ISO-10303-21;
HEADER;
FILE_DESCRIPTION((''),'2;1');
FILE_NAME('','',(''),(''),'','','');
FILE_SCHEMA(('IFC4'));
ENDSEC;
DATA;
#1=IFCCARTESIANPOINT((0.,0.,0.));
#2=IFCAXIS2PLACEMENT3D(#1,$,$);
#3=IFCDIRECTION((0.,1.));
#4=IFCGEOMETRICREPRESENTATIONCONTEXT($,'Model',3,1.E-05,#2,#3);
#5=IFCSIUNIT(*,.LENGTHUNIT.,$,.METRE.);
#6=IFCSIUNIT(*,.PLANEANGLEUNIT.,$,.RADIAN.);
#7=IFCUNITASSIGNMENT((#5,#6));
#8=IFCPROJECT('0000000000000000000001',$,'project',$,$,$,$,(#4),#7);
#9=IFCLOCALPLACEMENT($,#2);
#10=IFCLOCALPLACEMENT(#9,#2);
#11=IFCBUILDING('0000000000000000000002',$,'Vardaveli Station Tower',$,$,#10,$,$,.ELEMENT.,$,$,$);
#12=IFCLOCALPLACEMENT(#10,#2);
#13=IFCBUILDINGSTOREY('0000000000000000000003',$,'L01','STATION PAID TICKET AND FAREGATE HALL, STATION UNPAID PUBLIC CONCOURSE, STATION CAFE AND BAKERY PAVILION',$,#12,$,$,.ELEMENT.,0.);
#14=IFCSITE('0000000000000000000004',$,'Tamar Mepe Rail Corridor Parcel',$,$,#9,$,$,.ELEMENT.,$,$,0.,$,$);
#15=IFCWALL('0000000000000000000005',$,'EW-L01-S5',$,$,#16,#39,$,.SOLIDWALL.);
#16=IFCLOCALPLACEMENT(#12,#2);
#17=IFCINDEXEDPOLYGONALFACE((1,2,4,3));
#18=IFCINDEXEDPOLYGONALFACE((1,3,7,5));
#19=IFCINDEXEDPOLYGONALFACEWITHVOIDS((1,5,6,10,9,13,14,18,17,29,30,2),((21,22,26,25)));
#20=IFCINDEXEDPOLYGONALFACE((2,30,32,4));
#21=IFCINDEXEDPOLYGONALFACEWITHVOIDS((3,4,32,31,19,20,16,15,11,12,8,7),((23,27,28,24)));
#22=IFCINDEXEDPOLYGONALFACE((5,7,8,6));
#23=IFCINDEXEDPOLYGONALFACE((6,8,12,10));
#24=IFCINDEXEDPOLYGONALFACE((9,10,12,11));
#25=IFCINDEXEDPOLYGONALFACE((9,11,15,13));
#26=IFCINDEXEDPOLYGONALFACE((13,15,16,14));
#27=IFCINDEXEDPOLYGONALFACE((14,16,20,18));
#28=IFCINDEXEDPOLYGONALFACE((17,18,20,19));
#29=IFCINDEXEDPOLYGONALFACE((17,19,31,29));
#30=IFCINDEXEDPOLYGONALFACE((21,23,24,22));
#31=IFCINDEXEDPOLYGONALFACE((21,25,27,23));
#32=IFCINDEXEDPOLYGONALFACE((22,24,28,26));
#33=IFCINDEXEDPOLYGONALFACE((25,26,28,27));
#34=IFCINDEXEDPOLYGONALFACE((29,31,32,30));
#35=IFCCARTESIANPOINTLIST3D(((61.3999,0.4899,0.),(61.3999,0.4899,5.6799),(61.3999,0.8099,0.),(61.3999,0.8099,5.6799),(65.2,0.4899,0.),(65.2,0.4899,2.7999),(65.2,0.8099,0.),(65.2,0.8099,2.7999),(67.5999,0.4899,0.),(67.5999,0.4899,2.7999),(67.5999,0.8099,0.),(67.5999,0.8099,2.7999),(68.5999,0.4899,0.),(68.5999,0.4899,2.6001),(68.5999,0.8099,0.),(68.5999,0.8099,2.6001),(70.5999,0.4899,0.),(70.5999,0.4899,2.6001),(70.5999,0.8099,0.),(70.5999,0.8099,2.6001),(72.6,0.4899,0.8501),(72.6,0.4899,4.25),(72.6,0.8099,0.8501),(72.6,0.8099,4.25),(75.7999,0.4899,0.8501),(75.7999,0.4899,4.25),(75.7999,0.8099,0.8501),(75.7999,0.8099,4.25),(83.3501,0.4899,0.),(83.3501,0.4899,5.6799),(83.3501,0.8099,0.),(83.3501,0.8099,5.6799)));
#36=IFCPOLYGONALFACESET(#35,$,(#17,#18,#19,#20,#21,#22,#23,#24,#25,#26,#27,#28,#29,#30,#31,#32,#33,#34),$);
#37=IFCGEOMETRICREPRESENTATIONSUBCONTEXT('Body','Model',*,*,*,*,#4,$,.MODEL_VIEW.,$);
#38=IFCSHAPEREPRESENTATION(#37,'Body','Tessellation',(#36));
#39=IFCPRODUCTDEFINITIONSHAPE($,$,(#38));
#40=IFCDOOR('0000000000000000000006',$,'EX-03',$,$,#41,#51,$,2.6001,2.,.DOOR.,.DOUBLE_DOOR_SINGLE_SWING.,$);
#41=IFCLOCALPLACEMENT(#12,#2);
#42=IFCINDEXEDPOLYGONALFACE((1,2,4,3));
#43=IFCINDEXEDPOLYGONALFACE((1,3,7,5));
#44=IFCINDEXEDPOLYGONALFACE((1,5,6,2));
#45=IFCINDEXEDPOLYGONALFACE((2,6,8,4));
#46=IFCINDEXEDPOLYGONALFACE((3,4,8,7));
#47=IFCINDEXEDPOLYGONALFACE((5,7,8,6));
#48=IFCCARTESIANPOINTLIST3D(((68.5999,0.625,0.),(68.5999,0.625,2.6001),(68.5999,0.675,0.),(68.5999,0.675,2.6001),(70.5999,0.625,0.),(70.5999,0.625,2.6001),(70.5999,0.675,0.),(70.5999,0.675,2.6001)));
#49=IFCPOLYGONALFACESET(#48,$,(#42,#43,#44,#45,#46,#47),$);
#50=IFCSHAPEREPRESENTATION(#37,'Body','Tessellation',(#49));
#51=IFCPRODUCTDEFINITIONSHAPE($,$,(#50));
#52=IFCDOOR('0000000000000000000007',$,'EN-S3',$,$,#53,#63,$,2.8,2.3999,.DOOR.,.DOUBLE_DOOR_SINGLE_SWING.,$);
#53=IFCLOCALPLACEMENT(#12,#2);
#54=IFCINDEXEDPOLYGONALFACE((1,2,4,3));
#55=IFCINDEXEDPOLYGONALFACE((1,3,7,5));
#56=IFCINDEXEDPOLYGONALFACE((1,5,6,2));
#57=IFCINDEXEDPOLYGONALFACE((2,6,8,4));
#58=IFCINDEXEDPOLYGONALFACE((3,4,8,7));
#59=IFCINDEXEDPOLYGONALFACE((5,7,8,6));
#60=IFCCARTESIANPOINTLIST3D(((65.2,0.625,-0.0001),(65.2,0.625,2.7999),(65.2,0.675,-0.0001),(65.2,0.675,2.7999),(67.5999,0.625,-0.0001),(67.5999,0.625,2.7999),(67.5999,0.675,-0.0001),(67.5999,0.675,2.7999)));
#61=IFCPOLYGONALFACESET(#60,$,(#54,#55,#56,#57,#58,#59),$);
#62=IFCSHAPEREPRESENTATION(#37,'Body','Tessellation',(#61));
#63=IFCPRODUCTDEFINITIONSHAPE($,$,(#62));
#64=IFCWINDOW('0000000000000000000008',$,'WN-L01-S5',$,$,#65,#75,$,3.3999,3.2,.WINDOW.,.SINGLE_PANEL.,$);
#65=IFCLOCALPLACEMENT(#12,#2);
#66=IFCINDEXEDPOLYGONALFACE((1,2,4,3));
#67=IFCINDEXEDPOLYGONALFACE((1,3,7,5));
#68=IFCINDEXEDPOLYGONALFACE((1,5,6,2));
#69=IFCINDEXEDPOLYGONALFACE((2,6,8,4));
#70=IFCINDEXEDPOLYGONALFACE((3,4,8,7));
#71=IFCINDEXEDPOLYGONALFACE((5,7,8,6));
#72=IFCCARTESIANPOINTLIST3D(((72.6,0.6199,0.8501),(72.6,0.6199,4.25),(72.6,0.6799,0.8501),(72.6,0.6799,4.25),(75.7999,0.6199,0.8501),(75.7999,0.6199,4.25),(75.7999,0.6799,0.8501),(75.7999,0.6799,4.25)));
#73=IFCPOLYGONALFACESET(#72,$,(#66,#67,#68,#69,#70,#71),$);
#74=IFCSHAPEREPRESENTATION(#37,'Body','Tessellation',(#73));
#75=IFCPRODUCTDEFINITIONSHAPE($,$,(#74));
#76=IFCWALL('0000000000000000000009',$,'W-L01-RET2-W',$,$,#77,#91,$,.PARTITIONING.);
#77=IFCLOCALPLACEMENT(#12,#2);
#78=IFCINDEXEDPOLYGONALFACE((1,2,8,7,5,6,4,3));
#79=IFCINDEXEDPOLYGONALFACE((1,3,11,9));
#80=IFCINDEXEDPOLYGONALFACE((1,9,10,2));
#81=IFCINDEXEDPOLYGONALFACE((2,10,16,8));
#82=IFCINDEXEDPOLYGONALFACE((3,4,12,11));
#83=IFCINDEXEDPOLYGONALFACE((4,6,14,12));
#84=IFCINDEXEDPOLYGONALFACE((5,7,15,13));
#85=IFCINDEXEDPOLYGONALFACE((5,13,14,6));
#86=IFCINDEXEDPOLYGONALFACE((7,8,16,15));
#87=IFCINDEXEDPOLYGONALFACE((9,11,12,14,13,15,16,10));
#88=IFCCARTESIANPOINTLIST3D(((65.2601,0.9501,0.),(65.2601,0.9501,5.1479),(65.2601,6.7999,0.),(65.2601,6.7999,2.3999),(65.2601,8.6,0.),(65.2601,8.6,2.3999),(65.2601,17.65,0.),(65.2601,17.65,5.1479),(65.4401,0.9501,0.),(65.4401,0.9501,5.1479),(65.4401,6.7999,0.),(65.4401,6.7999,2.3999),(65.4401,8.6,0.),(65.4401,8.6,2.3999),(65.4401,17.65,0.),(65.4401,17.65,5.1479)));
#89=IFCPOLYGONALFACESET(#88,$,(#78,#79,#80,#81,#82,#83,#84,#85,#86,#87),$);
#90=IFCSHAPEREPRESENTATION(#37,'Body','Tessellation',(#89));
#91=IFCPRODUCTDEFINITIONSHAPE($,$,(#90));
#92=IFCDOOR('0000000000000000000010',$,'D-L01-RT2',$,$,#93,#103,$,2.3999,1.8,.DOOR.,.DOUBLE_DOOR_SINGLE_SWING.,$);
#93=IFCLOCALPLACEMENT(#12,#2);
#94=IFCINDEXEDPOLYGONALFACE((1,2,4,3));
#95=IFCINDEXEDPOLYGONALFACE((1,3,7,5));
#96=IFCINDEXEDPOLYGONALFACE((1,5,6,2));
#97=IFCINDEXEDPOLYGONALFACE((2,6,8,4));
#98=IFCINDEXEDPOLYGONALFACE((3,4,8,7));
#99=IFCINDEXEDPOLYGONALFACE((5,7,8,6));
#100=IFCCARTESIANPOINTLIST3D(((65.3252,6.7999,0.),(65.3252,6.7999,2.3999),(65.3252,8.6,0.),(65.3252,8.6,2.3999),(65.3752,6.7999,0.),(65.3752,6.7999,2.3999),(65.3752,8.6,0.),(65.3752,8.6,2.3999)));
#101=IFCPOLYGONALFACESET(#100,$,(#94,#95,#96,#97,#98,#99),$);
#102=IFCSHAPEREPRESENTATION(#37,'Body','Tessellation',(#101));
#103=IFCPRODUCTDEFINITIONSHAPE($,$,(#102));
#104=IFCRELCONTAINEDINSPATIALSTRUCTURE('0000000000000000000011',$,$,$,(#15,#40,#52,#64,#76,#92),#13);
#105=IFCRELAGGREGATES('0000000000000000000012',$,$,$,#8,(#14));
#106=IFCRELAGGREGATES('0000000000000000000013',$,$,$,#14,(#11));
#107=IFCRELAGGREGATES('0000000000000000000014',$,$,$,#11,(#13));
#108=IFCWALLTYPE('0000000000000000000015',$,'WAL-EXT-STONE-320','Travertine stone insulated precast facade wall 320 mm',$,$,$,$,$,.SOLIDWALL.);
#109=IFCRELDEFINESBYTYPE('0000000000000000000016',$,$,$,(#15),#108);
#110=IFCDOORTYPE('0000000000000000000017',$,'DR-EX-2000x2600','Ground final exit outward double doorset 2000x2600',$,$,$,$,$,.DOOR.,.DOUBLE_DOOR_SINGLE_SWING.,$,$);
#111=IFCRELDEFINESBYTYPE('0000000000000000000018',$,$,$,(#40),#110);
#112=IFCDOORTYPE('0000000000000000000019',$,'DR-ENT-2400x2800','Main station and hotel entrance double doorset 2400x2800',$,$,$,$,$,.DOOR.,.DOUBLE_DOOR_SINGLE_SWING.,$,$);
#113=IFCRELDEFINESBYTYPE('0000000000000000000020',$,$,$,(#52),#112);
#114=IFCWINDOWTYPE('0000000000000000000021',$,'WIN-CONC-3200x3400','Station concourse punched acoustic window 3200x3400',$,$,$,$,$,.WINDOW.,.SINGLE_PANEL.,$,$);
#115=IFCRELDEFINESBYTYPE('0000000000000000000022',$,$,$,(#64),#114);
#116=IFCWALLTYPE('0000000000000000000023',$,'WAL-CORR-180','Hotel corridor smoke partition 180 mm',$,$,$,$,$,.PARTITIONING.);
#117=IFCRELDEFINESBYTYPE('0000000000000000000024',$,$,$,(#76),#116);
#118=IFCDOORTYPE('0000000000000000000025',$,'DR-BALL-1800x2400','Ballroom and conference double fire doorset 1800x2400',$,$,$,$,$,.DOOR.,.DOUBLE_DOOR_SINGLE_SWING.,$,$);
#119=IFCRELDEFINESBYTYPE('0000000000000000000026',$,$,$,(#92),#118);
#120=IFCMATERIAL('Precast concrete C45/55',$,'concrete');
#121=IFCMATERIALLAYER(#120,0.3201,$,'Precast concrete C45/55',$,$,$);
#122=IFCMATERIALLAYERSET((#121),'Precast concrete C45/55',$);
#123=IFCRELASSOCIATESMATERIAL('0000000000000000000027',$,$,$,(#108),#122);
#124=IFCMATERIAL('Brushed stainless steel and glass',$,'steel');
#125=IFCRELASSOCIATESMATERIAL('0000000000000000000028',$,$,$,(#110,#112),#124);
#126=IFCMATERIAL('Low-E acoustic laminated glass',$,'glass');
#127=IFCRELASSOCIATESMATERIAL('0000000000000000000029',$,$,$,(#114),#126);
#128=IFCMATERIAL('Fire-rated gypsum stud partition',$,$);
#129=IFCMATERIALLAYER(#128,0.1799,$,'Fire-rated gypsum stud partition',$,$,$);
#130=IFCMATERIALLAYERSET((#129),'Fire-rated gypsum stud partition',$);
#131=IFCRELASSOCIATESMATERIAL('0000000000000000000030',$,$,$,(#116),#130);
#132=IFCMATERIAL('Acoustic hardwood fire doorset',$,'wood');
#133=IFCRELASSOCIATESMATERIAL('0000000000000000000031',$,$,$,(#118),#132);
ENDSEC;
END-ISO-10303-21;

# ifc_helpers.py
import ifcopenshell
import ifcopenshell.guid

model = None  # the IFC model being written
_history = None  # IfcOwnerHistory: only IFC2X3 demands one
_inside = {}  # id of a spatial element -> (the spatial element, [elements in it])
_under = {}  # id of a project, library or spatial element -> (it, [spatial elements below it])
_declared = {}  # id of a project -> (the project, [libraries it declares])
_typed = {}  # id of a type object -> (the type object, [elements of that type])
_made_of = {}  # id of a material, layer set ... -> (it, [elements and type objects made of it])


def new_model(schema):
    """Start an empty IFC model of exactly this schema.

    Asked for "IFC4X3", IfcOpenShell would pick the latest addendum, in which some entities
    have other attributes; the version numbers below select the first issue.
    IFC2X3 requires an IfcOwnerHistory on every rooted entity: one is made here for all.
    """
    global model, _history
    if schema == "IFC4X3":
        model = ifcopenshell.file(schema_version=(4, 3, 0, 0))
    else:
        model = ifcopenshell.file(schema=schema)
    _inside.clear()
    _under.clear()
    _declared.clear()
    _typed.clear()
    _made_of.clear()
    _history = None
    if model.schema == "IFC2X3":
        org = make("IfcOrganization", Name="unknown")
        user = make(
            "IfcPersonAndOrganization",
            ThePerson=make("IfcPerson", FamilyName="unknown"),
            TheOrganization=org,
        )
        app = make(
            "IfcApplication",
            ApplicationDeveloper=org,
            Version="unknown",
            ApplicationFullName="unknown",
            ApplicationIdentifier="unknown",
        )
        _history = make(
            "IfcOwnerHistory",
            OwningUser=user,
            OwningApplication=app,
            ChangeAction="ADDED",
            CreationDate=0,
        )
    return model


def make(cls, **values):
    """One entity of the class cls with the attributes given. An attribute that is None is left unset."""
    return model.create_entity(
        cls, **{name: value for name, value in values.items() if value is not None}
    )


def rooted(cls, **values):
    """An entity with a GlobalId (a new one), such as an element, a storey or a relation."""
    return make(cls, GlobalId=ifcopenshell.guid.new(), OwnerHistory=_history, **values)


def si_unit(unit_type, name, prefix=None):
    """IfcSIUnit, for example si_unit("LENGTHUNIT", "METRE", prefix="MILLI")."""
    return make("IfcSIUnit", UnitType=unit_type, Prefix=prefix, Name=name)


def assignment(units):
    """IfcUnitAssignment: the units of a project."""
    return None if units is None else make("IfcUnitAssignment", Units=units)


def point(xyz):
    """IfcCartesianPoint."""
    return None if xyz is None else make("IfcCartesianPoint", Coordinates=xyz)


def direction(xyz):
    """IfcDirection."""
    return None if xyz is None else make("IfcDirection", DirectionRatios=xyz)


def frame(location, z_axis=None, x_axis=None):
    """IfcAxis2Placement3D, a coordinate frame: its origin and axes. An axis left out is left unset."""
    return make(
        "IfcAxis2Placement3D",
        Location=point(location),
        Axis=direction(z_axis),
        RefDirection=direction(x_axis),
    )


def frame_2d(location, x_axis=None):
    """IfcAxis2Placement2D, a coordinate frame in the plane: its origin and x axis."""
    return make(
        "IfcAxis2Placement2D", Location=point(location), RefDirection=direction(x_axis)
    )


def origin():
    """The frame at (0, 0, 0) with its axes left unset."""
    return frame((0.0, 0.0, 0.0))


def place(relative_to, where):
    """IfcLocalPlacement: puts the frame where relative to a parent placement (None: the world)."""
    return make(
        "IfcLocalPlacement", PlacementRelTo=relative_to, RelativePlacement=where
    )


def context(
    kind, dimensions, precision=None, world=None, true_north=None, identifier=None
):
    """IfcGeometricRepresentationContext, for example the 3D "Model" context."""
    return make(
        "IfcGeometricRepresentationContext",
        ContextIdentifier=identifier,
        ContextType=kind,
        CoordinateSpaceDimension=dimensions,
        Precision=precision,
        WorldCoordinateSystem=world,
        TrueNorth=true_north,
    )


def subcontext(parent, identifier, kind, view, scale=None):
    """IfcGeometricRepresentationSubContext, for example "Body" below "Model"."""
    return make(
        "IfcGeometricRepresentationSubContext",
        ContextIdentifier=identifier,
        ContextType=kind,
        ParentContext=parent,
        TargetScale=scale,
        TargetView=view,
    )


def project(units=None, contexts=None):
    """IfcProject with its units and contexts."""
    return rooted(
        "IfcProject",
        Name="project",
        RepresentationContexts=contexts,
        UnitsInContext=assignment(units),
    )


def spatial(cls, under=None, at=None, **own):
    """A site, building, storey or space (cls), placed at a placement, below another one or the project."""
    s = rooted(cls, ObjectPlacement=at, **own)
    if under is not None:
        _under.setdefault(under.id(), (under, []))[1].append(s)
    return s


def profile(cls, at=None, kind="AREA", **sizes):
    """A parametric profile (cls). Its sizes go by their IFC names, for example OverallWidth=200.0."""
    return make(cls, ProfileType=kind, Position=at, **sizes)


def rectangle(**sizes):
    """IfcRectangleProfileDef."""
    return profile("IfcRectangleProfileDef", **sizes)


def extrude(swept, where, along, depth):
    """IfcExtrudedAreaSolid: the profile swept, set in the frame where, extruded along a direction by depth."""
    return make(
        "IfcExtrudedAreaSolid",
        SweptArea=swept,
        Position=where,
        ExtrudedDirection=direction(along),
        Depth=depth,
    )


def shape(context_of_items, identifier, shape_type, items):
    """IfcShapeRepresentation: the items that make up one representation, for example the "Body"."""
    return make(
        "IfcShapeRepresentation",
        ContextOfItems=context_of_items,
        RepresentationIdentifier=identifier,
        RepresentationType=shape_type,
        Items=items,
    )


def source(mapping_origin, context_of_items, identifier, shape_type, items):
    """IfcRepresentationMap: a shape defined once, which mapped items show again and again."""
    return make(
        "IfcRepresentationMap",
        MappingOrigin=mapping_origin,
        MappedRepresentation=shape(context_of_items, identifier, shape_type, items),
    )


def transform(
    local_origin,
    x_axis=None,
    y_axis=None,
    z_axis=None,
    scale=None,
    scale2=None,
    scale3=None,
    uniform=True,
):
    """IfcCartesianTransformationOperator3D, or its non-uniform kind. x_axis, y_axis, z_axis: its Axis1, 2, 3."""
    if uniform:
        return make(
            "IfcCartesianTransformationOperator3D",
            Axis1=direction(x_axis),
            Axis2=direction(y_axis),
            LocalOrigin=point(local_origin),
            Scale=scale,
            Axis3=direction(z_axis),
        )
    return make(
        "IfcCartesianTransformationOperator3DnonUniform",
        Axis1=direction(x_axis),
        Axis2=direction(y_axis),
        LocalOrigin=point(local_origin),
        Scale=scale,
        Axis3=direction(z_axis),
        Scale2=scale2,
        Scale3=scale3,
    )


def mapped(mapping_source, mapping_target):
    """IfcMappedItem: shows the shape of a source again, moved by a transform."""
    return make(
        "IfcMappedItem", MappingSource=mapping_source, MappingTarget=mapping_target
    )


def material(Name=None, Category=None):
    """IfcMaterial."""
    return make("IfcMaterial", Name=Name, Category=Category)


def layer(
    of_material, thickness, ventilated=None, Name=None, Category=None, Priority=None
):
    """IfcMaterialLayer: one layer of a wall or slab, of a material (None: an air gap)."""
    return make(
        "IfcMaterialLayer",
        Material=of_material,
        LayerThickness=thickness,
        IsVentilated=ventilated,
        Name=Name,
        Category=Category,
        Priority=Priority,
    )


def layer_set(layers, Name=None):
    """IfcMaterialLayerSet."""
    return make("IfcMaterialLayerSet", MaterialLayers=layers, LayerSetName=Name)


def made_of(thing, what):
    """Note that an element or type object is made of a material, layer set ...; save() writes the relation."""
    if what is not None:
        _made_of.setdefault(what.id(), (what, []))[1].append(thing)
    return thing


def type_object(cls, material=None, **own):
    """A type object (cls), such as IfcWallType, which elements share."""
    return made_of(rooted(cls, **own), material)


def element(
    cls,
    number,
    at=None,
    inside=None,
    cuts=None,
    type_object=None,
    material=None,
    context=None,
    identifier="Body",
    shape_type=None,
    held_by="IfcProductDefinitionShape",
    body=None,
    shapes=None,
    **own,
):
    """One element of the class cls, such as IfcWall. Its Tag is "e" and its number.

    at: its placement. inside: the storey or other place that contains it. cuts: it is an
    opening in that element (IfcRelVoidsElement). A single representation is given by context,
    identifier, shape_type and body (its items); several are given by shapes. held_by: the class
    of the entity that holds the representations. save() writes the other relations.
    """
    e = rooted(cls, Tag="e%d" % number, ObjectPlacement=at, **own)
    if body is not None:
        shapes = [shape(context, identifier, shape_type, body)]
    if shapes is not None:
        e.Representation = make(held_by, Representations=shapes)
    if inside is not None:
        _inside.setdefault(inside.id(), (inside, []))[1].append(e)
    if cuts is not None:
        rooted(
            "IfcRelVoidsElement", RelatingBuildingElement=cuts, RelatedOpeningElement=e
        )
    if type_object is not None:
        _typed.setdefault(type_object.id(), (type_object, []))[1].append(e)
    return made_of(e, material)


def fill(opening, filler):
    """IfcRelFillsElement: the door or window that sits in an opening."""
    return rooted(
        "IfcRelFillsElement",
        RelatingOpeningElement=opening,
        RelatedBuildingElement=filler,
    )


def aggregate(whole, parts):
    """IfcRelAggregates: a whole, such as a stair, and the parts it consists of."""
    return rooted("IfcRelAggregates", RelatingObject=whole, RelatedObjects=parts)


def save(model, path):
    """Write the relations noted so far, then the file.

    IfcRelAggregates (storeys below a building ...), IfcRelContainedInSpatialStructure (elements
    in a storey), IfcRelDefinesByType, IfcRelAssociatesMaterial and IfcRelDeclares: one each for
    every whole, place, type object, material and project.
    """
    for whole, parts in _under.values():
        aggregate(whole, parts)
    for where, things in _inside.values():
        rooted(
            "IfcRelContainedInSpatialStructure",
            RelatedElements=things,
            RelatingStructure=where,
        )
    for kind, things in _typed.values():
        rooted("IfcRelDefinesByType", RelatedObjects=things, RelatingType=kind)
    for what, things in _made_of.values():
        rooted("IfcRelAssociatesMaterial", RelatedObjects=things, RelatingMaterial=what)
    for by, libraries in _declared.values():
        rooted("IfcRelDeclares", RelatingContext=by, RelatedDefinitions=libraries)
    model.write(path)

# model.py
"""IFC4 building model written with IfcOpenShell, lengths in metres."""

from ifc_helpers import new_model, si_unit, direction, frame, frame_2d, origin, place, context, subcontext, project, spatial, rectangle, extrude, source, transform, mapped, material, layer, layer_set, type_object, element, fill, save


model = new_model("IFC4")

# Units and contexts
model_context = context("Model", 3, precision=1e-05, world=origin(), true_north=direction((0.0, 1.0)))
body_context = subcontext(model_context, "Body", "Model", "MODEL_VIEW")
ifc_project = project(units=[si_unit("LENGTHUNIT", "METRE"), si_unit("PLANEANGLEUNIT", "RADIAN")], contexts=[model_context])

# Site, building, storey
site_placement = place(None, origin())
site = spatial("IfcSite", under=ifc_project, at=site_placement, Name="Tamar Mepe Rail Corridor Parcel", CompositionType="ELEMENT", RefElevation=0.0)
building_placement = place(site_placement, origin())
building = spatial("IfcBuilding", under=site, at=building_placement, Name="Vardaveli Station Tower", CompositionType="ELEMENT")
storey_placement = place(building_placement, origin())
storey = spatial("IfcBuildingStorey", under=building, at=storey_placement, Name="L01", Description="STATION PAID TICKET AND FAREGATE HALL, STATION UNPAID PUBLIC CONCOURSE, STATION CAFE AND BAKERY PAVILION", CompositionType="ELEMENT", Elevation=0.0)

# Wall, openings, doors, window
ifc_material_1 = material(Name="Precast concrete C45/55", Category="concrete")
ifc_layer_1 = layer(ifc_material_1, 0.3201, Name="Precast concrete C45/55")
ifc_layer_set_1 = layer_set([ifc_layer_1], Name="Precast concrete C45/55")
wall_type_1 = type_object("IfcWallType", Name="WAL-EXT-STONE-320", Description="Travertine stone insulated precast facade wall 320 mm", PredefinedType="SOLIDWALL", material=ifc_layer_set_1)
shared_shape_1 = source(origin(), body_context, "Body", "SweptSolid", [
    extrude(rectangle(XDim=21.9502, YDim=0.3201, at=frame_2d((10.9751, 0.0))), origin(), (0.0, 0.0, 1.0), 5.6799),
])
wall_1_placement = place(storey_placement, frame((61.3999, 0.6499, 0.0), z_axis=(0.0, 0.0, 1.0), x_axis=(1.0, 0.0, 0.0)))
wall_1 = element("IfcWall", 1, at=wall_1_placement, inside=storey, type_object=wall_type_1, Name="EW-L01-S5", PredefinedType="SOLIDWALL", context=body_context, shape_type="MappedRepresentation", body=[
    mapped(shared_shape_1, transform((0.0, 0.0, 0.0), scale=1.0)),
])
shared_shape_2 = source(origin(), body_context, "Body", "SweptSolid", [
    extrude(rectangle(XDim=2.0, YDim=2.6001, at=frame_2d((1.0, 1.3))), frame((0.0, 0.1699, 0.0), z_axis=(0.0, -1.0, 0.0), x_axis=(1.0, 0.0, 0.0)), (0.0, 0.0, 1.0), 0.3401),
])
opening_1_placement = place(wall_1_placement, frame((7.2, 0.0, 0.0)))
opening_1 = element("IfcOpeningElement", 2, at=opening_1_placement, cuts=wall_1, PredefinedType="OPENING", context=body_context, shape_type="MappedRepresentation", body=[
    mapped(shared_shape_2, transform((0.0, 0.0, 0.0), scale=1.0)),
])
shared_shape_3 = source(origin(), body_context, "Body", "SweptSolid", [
    extrude(rectangle(XDim=2.3999, YDim=2.8, at=frame_2d((1.2, 1.3999))), frame((0.0, 0.1699, 0.0), z_axis=(0.0, -1.0, 0.0), x_axis=(1.0, 0.0, 0.0)), (0.0, 0.0, 1.0), 0.3401),
])
opening_2_placement = place(wall_1_placement, frame((3.8, 0.0, 0.0)))
opening_2 = element("IfcOpeningElement", 3, at=opening_2_placement, cuts=wall_1, PredefinedType="OPENING", context=body_context, shape_type="MappedRepresentation", body=[
    mapped(shared_shape_3, transform((0.0, 0.0, 0.0), scale=1.0)),
])
shared_shape_4 = source(origin(), body_context, "Body", "SweptSolid", [
    extrude(rectangle(XDim=3.2, YDim=3.3999, at=frame_2d((1.6001, 1.7))), frame((0.0, 0.1699, 0.0), z_axis=(0.0, -1.0, 0.0), x_axis=(1.0, 0.0, 0.0)), (0.0, 0.0, 1.0), 0.3401),
])
opening_3_placement = place(wall_1_placement, frame((11.2, 0.0, 0.8501)))
opening_3 = element("IfcOpeningElement", 4, at=opening_3_placement, cuts=wall_1, PredefinedType="OPENING", context=body_context, shape_type="MappedRepresentation", body=[
    mapped(shared_shape_4, transform((0.0, 0.0, 0.0), scale=1.0)),
])
ifc_material_2 = material(Name="Brushed stainless steel and glass", Category="steel")
door_type_1 = type_object("IfcDoorType", Name="DR-EX-2000x2600", Description="Ground final exit outward double doorset 2000x2600", OperationType="DOUBLE_DOOR_SINGLE_SWING", PredefinedType="DOOR", material=ifc_material_2)
shared_shape_5 = source(origin(), body_context, "Body", "SweptSolid", [
    extrude(rectangle(XDim=2.0, YDim=2.6001, at=frame_2d((1.0, 1.3))), frame((0.0, 0.0249, 0.0), z_axis=(0.0, -1.0, 0.0), x_axis=(1.0, 0.0, 0.0)), (0.0, 0.0, 1.0), 0.05),
])
door_1_placement = place(opening_1_placement, frame((2.0, 0.0, 0.0), z_axis=(0.0, 0.0, 1.0), x_axis=(-1.0, 0.0, 0.0)))
door_1 = element("IfcDoor", 5, at=door_1_placement, inside=storey, type_object=door_type_1, Name="EX-03", OperationType="DOUBLE_DOOR_SINGLE_SWING", OverallHeight=2.6001, OverallWidth=2.0, PredefinedType="DOOR", context=body_context, shape_type="MappedRepresentation", body=[
    mapped(shared_shape_5, transform((0.0, 0.0, 0.0), scale=1.0)),
])
fill(opening_1, door_1)
door_type_2 = type_object("IfcDoorType", Name="DR-ENT-2400x2800", Description="Main station and hotel entrance double doorset 2400x2800", OperationType="DOUBLE_DOOR_SINGLE_SWING", PredefinedType="DOOR", material=ifc_material_2)
shared_shape_6 = source(origin(), body_context, "Body", "SweptSolid", [
    extrude(rectangle(XDim=2.3999, YDim=2.8, at=frame_2d((1.2, 1.3999))), frame((0.0, 0.0249, 0.0), z_axis=(0.0, -1.0, 0.0), x_axis=(1.0, 0.0, 0.0)), (0.0, 0.0, 1.0), 0.05),
])
door_2_placement = place(opening_2_placement, frame((2.3999, 0.0, 0.0), z_axis=(0.0, 0.0, 1.0), x_axis=(-1.0, 0.0, 0.0)))
door_2 = element("IfcDoor", 6, at=door_2_placement, inside=storey, type_object=door_type_2, Name="EN-S3", OperationType="DOUBLE_DOOR_SINGLE_SWING", OverallHeight=2.8, OverallWidth=2.3999, PredefinedType="DOOR", context=body_context, shape_type="MappedRepresentation", body=[
    mapped(shared_shape_6, transform((0.0, 0.0, 0.0), scale=1.0)),
])
fill(opening_2, door_2)
ifc_material_3 = material(Name="Low-E acoustic laminated glass", Category="glass")
window_type = type_object("IfcWindowType", Name="WIN-CONC-3200x3400", Description="Station concourse punched acoustic window 3200x3400", PartitioningType="SINGLE_PANEL", PredefinedType="WINDOW", material=ifc_material_3)
shared_shape_7 = source(origin(), body_context, "Body", "SweptSolid", [
    extrude(rectangle(XDim=3.2, YDim=3.3999, at=frame_2d((1.6001, 1.7))), frame((0.0, 0.03, 0.0), z_axis=(0.0, -1.0, 0.0), x_axis=(1.0, 0.0, 0.0)), (0.0, 0.0, 1.0), 0.0601),
])
window_placement = place(opening_3_placement, origin())
window = element("IfcWindow", 7, at=window_placement, inside=storey, type_object=window_type, Name="WN-L01-S5", OverallHeight=3.3999, OverallWidth=3.2, PartitioningType="SINGLE_PANEL", PredefinedType="WINDOW", context=body_context, shape_type="MappedRepresentation", body=[
    mapped(shared_shape_7, transform((0.0, 0.0, 0.0), scale=1.0)),
])
fill(opening_3, window)

# Wall, opening, door
ifc_material_4 = material(Name="Fire-rated gypsum stud partition")
ifc_layer_2 = layer(ifc_material_4, 0.1799, Name="Fire-rated gypsum stud partition")
ifc_layer_set_2 = layer_set([ifc_layer_2], Name="Fire-rated gypsum stud partition")
wall_type_2 = type_object("IfcWallType", Name="WAL-CORR-180", Description="Hotel corridor smoke partition 180 mm", PredefinedType="PARTITIONING", material=ifc_layer_set_2)
shared_shape_8 = source(origin(), body_context, "Body", "SweptSolid", [
    extrude(rectangle(XDim=16.7, YDim=0.1799, at=frame_2d((8.3501, 0.0))), origin(), (0.0, 0.0, 1.0), 5.1479),
])
wall_2_placement = place(storey_placement, frame((65.3501, 0.95, 0.0), z_axis=(0.0, 0.0, 1.0), x_axis=(0.0, 1.0, 0.0)))
wall_2 = element("IfcWall", 8, at=wall_2_placement, inside=storey, type_object=wall_type_2, Name="W-L01-RET2-W", PredefinedType="PARTITIONING", context=body_context, shape_type="MappedRepresentation", body=[
    mapped(shared_shape_8, transform((0.0, 0.0, 0.0), scale=1.0)),
])
shared_shape_9 = source(origin(), body_context, "Body", "SweptSolid", [
    extrude(rectangle(XDim=1.8, YDim=2.3999, at=frame_2d((0.8999, 1.2))), frame((0.0, 0.1001, 0.0), z_axis=(0.0, -1.0, 0.0), x_axis=(1.0, 0.0, 0.0)), (0.0, 0.0, 1.0), 0.2),
])
opening_4_placement = place(wall_2_placement, frame((5.8501, 0.0, 0.0)))
opening_4 = element("IfcOpeningElement", 9, at=opening_4_placement, cuts=wall_2, PredefinedType="OPENING", context=body_context, shape_type="MappedRepresentation", body=[
    mapped(shared_shape_9, transform((0.0, 0.0, 0.0), scale=1.0)),
])
ifc_material_5 = material(Name="Acoustic hardwood fire doorset", Category="wood")
door_type_3 = type_object("IfcDoorType", Name="DR-BALL-1800x2400", Description="Ballroom and conference double fire doorset 1800x2400", OperationType="DOUBLE_DOOR_SINGLE_SWING", PredefinedType="DOOR", material=ifc_material_5)
shared_shape_10 = source(origin(), body_context, "Body", "SweptSolid", [
    extrude(rectangle(XDim=1.8, YDim=2.3999, at=frame_2d((0.8999, 1.2))), frame((0.0, 0.0249, 0.0), z_axis=(0.0, -1.0, 0.0), x_axis=(1.0, 0.0, 0.0)), (0.0, 0.0, 1.0), 0.05),
])
door_3_placement = place(opening_4_placement, origin())
door_3 = element("IfcDoor", 10, at=door_3_placement, inside=storey, type_object=door_type_3, Name="D-L01-RT2", OperationType="DOUBLE_DOOR_SINGLE_SWING", OverallHeight=2.3999, OverallWidth=1.8, PredefinedType="DOOR", context=body_context, shape_type="MappedRepresentation", body=[
    mapped(shared_shape_10, transform((0.0, 0.0, 0.0), scale=1.0)),
])
fill(opening_4, door_3)

save(model, "model.ifc")
